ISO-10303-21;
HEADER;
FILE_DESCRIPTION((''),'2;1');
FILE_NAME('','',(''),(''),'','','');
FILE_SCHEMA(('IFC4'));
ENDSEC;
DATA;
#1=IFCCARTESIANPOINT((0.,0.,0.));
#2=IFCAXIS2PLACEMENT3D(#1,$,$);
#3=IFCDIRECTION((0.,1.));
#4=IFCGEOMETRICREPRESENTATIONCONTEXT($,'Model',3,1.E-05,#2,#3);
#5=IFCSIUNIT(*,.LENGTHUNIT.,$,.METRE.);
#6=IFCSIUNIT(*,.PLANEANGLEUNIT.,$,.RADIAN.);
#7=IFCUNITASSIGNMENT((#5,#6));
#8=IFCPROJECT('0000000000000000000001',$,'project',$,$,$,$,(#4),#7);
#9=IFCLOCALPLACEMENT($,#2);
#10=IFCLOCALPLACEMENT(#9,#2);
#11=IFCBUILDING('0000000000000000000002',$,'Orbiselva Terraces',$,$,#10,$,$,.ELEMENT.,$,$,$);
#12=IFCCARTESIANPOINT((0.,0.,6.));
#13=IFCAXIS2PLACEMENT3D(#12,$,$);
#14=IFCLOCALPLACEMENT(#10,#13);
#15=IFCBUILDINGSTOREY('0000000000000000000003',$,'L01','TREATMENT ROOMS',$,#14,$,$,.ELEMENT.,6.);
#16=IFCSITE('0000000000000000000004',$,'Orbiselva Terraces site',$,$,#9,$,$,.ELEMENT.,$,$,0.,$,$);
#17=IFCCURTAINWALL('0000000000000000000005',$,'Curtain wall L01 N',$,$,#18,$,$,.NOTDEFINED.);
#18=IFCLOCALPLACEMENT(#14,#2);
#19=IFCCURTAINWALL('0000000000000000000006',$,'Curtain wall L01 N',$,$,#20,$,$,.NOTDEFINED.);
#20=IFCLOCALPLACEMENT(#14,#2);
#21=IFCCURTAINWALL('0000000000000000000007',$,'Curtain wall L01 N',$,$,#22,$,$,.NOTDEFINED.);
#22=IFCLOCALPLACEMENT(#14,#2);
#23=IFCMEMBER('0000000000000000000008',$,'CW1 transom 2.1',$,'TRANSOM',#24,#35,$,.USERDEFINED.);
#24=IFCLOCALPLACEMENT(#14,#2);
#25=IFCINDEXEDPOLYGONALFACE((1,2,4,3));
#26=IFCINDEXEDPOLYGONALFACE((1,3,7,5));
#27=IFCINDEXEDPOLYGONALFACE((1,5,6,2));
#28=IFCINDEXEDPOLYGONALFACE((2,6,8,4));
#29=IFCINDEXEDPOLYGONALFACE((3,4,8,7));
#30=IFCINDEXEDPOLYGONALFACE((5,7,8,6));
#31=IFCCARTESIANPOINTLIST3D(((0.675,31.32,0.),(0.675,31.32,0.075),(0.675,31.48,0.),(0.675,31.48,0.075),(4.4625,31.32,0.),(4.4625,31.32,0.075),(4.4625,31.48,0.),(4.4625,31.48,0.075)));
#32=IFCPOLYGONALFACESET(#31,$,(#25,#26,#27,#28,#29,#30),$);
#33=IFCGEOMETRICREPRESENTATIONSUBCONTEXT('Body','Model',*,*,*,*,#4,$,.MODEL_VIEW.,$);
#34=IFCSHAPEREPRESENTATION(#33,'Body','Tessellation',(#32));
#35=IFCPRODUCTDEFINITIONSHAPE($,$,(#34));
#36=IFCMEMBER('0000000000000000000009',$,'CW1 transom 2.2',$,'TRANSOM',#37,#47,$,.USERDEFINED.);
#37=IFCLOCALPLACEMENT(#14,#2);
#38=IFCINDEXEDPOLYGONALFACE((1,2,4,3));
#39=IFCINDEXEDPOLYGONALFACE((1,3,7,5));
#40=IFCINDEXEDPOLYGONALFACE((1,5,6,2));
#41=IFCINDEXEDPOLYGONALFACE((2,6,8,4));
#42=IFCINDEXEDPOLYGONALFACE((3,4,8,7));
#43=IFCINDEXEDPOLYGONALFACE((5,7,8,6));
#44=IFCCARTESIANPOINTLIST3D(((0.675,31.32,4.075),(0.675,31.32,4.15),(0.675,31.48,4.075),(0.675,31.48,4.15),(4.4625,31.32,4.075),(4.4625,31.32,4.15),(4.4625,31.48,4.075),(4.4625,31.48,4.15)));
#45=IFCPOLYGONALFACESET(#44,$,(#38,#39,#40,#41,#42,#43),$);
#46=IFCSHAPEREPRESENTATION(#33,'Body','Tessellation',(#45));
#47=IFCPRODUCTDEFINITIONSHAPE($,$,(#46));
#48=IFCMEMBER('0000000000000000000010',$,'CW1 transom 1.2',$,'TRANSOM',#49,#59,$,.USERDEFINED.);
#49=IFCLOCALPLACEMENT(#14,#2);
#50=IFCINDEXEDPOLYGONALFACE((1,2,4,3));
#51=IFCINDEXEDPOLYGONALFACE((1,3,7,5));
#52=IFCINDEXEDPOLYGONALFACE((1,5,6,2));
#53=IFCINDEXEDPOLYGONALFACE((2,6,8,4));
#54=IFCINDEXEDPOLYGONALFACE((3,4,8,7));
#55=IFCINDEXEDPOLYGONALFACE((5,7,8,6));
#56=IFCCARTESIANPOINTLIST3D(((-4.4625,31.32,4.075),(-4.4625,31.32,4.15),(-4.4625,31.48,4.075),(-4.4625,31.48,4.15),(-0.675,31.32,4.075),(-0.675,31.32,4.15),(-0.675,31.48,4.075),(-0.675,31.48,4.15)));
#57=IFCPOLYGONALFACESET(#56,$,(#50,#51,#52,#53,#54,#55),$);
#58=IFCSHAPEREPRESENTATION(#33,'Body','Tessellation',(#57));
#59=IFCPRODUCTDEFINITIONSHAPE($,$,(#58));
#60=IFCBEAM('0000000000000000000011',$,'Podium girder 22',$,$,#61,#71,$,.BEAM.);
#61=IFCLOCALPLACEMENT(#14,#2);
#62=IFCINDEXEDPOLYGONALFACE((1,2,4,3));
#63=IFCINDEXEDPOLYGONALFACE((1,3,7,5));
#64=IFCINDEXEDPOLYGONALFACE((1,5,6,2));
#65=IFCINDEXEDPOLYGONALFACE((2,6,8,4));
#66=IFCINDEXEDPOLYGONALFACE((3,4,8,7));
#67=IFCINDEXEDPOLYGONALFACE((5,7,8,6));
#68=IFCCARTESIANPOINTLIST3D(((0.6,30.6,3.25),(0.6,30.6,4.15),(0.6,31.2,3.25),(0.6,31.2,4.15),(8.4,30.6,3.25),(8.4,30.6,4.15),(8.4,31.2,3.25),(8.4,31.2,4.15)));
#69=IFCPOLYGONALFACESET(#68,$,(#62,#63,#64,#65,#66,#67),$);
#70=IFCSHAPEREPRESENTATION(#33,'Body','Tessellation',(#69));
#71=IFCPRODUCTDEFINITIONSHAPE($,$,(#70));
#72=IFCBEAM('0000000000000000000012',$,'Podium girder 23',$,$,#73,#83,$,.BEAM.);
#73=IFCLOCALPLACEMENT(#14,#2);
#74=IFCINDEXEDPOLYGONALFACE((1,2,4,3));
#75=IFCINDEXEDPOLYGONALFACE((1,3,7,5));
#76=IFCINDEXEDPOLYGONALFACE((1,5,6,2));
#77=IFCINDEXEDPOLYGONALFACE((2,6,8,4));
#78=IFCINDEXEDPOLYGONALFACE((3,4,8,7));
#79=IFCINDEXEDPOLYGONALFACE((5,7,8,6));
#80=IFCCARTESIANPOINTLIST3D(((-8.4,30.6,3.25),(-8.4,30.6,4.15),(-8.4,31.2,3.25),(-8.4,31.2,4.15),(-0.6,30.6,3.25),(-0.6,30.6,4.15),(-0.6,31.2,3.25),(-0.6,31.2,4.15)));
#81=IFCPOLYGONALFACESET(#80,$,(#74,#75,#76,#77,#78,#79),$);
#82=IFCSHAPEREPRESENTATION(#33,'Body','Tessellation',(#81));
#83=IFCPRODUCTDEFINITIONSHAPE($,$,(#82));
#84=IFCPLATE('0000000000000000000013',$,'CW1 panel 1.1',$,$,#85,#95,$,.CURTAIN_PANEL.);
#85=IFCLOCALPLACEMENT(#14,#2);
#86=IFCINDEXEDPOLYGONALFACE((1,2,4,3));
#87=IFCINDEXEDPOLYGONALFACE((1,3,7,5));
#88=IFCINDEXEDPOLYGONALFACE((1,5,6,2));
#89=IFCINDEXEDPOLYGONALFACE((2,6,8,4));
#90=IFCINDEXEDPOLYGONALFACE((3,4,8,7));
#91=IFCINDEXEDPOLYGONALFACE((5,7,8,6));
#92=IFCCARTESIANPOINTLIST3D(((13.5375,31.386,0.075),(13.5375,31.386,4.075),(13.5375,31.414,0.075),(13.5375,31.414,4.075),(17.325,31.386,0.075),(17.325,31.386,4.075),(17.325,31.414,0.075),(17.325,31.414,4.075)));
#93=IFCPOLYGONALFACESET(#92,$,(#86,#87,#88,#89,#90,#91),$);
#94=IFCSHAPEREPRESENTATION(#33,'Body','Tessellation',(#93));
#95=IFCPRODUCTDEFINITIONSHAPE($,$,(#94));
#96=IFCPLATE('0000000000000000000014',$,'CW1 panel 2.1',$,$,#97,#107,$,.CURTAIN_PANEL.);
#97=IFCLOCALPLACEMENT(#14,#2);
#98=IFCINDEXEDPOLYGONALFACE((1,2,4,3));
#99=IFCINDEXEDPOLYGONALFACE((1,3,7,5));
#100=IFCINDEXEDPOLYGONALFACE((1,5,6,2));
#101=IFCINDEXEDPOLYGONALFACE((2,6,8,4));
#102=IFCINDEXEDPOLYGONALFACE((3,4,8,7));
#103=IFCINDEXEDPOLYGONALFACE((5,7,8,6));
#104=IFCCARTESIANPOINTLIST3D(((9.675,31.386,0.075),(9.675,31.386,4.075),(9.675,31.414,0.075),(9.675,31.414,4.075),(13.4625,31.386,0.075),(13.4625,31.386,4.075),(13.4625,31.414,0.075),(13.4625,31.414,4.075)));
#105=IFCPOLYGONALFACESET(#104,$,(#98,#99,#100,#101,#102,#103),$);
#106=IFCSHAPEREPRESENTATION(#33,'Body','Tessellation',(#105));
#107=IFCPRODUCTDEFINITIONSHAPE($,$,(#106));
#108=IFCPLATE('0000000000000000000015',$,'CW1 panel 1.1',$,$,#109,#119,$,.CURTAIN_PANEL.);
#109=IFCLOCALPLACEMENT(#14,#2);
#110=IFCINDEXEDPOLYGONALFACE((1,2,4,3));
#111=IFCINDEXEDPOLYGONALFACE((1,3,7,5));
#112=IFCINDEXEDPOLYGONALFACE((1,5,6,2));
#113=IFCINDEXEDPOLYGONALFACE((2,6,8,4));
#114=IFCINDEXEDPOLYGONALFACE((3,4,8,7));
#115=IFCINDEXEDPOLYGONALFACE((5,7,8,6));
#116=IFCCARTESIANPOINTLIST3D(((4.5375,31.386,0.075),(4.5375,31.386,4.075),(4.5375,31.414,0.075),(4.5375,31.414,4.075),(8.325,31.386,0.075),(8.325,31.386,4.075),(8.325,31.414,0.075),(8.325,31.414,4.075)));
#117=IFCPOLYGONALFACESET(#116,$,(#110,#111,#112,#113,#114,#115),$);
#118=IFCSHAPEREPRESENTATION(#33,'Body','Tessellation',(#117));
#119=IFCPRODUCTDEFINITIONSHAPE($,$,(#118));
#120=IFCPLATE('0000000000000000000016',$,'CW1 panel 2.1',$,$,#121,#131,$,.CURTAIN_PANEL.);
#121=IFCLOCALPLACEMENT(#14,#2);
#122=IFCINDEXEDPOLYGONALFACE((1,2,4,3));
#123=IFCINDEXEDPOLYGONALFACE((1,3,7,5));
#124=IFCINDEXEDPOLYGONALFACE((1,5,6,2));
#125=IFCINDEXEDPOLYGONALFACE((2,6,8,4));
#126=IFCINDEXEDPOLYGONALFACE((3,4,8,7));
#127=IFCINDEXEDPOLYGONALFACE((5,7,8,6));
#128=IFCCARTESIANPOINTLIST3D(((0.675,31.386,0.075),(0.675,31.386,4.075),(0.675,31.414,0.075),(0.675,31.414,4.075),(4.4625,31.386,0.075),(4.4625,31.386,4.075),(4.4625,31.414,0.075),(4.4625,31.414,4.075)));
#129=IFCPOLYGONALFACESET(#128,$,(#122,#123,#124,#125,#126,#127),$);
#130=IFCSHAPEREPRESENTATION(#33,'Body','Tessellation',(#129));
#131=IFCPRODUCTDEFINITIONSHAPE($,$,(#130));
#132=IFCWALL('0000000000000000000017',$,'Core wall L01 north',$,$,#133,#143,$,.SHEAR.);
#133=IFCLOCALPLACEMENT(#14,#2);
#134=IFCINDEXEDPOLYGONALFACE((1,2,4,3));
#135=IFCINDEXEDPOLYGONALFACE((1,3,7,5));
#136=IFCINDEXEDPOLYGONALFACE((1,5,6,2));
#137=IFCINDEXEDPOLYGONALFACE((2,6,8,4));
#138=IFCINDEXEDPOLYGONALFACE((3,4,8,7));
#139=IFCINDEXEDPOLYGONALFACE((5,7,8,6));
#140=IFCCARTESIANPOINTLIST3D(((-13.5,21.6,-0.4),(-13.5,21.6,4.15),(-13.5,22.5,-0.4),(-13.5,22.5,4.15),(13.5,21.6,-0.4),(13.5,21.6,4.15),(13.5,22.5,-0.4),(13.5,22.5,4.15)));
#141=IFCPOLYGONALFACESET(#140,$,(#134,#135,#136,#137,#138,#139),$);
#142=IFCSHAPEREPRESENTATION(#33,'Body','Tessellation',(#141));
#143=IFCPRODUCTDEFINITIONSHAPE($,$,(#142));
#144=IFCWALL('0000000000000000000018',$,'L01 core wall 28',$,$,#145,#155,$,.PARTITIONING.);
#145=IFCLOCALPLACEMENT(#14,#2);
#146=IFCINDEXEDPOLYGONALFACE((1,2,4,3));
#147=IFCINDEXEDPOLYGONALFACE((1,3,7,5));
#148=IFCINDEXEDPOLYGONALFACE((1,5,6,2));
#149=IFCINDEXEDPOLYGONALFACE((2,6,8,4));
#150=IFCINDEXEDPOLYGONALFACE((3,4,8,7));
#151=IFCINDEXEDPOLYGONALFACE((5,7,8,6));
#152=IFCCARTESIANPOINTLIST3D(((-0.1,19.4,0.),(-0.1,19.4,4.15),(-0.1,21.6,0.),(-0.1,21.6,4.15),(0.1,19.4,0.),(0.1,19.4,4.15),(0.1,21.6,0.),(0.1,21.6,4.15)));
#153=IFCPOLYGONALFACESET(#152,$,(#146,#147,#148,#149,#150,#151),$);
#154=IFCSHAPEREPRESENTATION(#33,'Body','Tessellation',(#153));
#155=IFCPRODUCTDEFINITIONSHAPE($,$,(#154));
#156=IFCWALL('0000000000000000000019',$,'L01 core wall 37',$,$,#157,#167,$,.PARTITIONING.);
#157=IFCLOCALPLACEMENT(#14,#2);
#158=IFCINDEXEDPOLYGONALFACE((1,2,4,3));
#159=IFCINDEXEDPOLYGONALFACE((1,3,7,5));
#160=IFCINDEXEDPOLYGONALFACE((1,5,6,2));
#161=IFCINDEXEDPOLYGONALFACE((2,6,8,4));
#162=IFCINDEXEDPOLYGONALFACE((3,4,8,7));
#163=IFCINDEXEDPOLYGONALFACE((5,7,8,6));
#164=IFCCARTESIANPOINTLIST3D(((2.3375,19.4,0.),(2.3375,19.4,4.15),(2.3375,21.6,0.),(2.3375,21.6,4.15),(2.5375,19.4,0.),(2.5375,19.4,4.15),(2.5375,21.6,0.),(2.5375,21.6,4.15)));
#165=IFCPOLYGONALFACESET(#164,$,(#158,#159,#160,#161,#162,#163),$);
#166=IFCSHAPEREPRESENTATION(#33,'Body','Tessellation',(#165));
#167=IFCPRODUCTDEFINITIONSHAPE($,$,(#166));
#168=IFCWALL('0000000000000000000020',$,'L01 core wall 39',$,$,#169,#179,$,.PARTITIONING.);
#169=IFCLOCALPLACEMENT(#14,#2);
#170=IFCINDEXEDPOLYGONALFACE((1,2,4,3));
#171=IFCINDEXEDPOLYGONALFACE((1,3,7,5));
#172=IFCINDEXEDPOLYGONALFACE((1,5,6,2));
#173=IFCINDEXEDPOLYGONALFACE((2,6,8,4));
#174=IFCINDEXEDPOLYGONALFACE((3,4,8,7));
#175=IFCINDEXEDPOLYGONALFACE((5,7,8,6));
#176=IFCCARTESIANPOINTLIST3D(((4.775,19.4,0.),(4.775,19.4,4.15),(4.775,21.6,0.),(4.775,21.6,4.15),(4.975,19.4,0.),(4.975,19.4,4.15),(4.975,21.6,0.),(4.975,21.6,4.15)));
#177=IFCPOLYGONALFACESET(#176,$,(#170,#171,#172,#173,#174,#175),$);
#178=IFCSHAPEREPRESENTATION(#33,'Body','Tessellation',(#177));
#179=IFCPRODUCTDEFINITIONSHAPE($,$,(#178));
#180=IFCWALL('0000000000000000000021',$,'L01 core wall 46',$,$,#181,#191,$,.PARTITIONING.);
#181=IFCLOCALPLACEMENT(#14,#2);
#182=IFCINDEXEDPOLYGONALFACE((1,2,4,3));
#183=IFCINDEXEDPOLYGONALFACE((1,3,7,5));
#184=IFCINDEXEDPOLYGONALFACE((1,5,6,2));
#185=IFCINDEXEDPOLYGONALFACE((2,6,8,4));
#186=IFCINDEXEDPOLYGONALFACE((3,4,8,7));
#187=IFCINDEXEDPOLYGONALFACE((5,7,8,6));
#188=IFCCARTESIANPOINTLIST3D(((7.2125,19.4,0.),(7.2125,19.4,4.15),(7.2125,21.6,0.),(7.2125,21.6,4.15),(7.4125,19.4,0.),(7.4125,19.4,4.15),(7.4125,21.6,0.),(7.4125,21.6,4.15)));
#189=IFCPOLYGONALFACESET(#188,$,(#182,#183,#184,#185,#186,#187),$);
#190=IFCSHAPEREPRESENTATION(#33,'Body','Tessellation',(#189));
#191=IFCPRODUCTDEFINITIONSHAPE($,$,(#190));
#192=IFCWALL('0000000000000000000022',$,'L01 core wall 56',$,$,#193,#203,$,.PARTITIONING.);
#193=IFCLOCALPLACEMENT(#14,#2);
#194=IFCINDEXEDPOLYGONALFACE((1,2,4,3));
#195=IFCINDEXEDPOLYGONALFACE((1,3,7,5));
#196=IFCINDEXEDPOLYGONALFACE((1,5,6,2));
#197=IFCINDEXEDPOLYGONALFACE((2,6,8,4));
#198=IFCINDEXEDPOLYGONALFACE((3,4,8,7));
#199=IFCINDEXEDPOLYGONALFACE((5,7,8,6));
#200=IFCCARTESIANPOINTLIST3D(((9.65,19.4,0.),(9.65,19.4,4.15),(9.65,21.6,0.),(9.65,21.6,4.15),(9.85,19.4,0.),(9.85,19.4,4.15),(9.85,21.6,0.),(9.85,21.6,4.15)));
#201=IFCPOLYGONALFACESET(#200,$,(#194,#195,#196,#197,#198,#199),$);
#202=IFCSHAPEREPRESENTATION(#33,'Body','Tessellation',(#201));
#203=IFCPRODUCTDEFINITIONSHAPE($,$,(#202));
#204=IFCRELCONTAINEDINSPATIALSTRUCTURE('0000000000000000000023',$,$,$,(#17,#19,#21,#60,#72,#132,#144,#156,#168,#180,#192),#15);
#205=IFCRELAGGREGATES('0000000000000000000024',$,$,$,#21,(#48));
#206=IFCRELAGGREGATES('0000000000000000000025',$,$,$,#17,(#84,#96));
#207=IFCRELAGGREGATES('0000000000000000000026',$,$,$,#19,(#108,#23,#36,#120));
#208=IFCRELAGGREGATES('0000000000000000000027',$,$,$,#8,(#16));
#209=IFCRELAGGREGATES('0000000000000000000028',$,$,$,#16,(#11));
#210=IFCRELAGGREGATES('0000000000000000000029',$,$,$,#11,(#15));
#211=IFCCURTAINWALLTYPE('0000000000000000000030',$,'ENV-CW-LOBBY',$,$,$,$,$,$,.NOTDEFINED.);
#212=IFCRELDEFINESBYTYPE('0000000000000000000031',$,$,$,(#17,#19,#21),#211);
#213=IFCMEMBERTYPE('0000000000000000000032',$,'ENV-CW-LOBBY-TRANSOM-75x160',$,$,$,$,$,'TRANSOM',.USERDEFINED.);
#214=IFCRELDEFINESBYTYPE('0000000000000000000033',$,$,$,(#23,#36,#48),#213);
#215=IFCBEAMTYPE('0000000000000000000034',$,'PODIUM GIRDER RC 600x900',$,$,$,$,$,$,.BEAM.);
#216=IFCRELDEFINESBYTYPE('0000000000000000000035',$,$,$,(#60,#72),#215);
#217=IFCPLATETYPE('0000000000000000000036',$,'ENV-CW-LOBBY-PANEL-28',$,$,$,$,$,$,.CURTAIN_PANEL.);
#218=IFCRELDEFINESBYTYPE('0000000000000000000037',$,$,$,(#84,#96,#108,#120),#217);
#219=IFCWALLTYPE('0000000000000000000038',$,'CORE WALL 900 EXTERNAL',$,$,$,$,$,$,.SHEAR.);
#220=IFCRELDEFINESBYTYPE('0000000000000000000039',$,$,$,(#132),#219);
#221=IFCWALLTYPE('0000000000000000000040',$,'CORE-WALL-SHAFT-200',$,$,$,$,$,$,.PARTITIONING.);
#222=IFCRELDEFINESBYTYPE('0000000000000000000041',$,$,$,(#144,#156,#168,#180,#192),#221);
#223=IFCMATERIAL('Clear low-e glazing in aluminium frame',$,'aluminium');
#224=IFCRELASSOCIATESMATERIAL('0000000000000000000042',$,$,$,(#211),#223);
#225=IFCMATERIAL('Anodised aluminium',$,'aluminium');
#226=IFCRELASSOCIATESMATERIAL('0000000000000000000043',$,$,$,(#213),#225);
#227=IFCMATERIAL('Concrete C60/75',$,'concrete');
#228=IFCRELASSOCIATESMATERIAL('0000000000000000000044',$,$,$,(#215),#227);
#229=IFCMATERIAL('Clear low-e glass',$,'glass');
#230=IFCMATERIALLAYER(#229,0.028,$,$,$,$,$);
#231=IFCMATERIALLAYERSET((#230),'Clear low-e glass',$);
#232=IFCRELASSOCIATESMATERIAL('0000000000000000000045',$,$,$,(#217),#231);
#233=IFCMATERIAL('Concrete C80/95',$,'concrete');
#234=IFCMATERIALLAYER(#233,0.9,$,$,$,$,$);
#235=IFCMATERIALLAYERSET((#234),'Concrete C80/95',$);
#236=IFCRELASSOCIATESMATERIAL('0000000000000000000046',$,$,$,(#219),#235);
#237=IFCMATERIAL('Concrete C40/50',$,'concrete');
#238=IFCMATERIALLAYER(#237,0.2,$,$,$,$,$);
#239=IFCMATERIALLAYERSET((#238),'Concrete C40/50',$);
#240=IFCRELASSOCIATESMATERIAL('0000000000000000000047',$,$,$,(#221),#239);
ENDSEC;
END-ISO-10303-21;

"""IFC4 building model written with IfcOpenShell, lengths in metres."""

from ifc_helpers import new_model, si_unit, direction, frame, frame_2d, origin, origin_2d, place, context, subcontext, project, spatial, rectangle, extrude, material, layer, layer_set, material_profile, profile_set, type_object, element, aggregate, save


model = new_model("IFC4")

# Units and contexts
model_context = context("Model", 3, precision=1e-05, world=origin(), true_north=direction((0.0, 1.0)))
body_context = subcontext(model_context, "Body", "Model", "MODEL_VIEW")
ifc_project = project(units=[si_unit("LENGTHUNIT", "METRE"), si_unit("PLANEANGLEUNIT", "RADIAN")], contexts=[model_context])

# Site, building, storey
site_placement = place(None, origin())
site = spatial("IfcSite", under=ifc_project, at=site_placement, Name="Orbiselva Terraces site", CompositionType="ELEMENT", RefElevation=0.0)
building_placement = place(site_placement, origin())
building = spatial("IfcBuilding", under=site, at=building_placement, Name="Orbiselva Terraces", CompositionType="ELEMENT")
storey_placement = place(building_placement, frame((0.0, 0.0, 6.0)))
storey = spatial("IfcBuildingStorey", under=building, at=storey_placement, Name="L01", Description="TREATMENT ROOMS", CompositionType="ELEMENT", Elevation=6.0)

# Shared definitions
ifc_material_1 = material(Name="Concrete C60/75", Category="concrete")

# Curtain walls
ifc_material_2 = material(Name="Clear low-e glazing in aluminium frame", Category="aluminium")
curtain_wall_type = type_object("IfcCurtainWallType", Name="ENV-CW-LOBBY", PredefinedType="NOTDEFINED", material=ifc_material_2)
curtain_wall_1_placement = place(storey_placement, origin())
curtain_wall_1 = element("IfcCurtainWall", 1, at=curtain_wall_1_placement, inside=storey, type_object=curtain_wall_type, Name="Curtain wall L01 N", PredefinedType="NOTDEFINED")
ifc_material_3 = material(Name="Anodised aluminium", Category="aluminium")
curtain_wall_2_placement = place(storey_placement, origin())
curtain_wall_2 = element("IfcCurtainWall", 2, at=curtain_wall_2_placement, inside=storey, type_object=curtain_wall_type, Name="Curtain wall L01 N", PredefinedType="NOTDEFINED")

# Curtain wall
curtain_wall_3_placement = place(storey_placement, origin())
curtain_wall_3 = element("IfcCurtainWall", 3, at=curtain_wall_3_placement, inside=storey, type_object=curtain_wall_type, Name="Curtain wall L01 N", PredefinedType="NOTDEFINED")

# Members
ifc_material_profile_1 = material_profile(ifc_material_3, rectangle(XDim=0.16, YDim=0.075, at=origin_2d()), Name="AL 75x160")
ifc_profile_set_1 = profile_set([ifc_material_profile_1], Name="Anodised aluminium")
member_type_1 = type_object("IfcMemberType", Name="ENV-CW-LOBBY-TRANSOM-75x160", ElementType="TRANSOM", PredefinedType="USERDEFINED", material=ifc_profile_set_1)
member_1_placement = place(storey_placement, frame((4.4625, 31.4, 0.0375), z_axis=(-1.0, 0.0, 0.0), x_axis=(0.0, -1.0, 0.0)))
member_1 = element("IfcMember", 4, at=member_1_placement, type_object=member_type_1, Name="CW1 transom 2.1", ObjectType="TRANSOM", PredefinedType="USERDEFINED", context=body_context, shape_type="SweptSolid", body=[
    extrude(rectangle(XDim=0.16, YDim=0.075, at=origin_2d()), origin(), (0.0, 0.0, 1.0), 3.7875),
])
member_2_placement = place(storey_placement, frame((4.4625, 31.4, 4.1125), z_axis=(-1.0, 0.0, 0.0), x_axis=(0.0, -1.0, 0.0)))
member_2 = element("IfcMember", 5, at=member_2_placement, type_object=member_type_1, Name="CW1 transom 2.2", ObjectType="TRANSOM", PredefinedType="USERDEFINED", context=body_context, shape_type="SweptSolid", body=[
    extrude(rectangle(XDim=0.16, YDim=0.075, at=origin_2d()), origin(), (0.0, 0.0, 1.0), 3.7875),
])
member_3_placement = place(storey_placement, frame((-0.675, 31.4, 4.1125), z_axis=(-1.0, 0.0, 0.0), x_axis=(0.0, -1.0, 0.0)))
member_3 = element("IfcMember", 6, at=member_3_placement, type_object=member_type_1, Name="CW1 transom 1.2", ObjectType="TRANSOM", PredefinedType="USERDEFINED", context=body_context, shape_type="SweptSolid", body=[
    extrude(rectangle(XDim=0.16, YDim=0.075, at=origin_2d()), origin(), (0.0, 0.0, 1.0), 3.7875),
])
aggregate(curtain_wall_3, [member_3])

# Beams
ifc_material_profile_2 = material_profile(ifc_material_1, rectangle(XDim=0.6, YDim=0.9, at=origin_2d()), Name="RC 600x900")
ifc_profile_set_2 = profile_set([ifc_material_profile_2], Name="Concrete C60/75")
beam_type = type_object("IfcBeamType", Name="PODIUM GIRDER RC 600x900", PredefinedType="BEAM", material=ifc_profile_set_2)
for number, where, z_axis, x_axis, name in (
    (7, (8.4, 30.9, 3.7), (-1.0, 0.0, 0.0), (0.0, -1.0, 0.0), "Podium girder 22"),
    (8, (-0.6, 30.9, 3.7), (-1.0, 0.0, 0.0), (0.0, -1.0, 0.0), "Podium girder 23"),
):
    element("IfcBeam", number, at=place(storey_placement, frame(where, z_axis=z_axis, x_axis=x_axis)), inside=storey, type_object=beam_type, Name=name, PredefinedType="BEAM", context=body_context, shape_type="SweptSolid", body=[
        extrude(rectangle(XDim=0.6, YDim=0.9, at=origin_2d()), origin(), (0.0, 0.0, 1.0), 7.8),
    ])

# Plates
ifc_material_4 = material(Name="Clear low-e glass", Category="glass")
ifc_layer_1 = layer(ifc_material_4, 0.028)
ifc_layer_set_1 = layer_set([ifc_layer_1], Name="Clear low-e glass")
plate_type = type_object("IfcPlateType", Name="ENV-CW-LOBBY-PANEL-28", PredefinedType="CURTAIN_PANEL", material=ifc_layer_set_1)
plate_1_placement = place(storey_placement, frame((15.4313, 31.4, 0.075), z_axis=(0.0, 0.0, 1.0), x_axis=(-1.0, 0.0, 0.0)))
plate_1 = element("IfcPlate", 9, at=plate_1_placement, type_object=plate_type, Name="CW1 panel 1.1", PredefinedType="CURTAIN_PANEL", context=body_context, shape_type="SweptSolid", body=[
    extrude(rectangle(XDim=3.7875, YDim=0.028, at=origin_2d()), origin(), (0.0, 0.0, 1.0), 4.0),
])
plate_2_placement = place(storey_placement, frame((11.5687, 31.4, 0.075), z_axis=(0.0, 0.0, 1.0), x_axis=(-1.0, 0.0, 0.0)))
plate_2 = element("IfcPlate", 10, at=plate_2_placement, type_object=plate_type, Name="CW1 panel 2.1", PredefinedType="CURTAIN_PANEL", context=body_context, shape_type="SweptSolid", body=[
    extrude(rectangle(XDim=3.7875, YDim=0.028, at=origin_2d()), origin(), (0.0, 0.0, 1.0), 4.0),
])
aggregate(curtain_wall_1, [plate_1, plate_2])
plate_3_placement = place(storey_placement, frame((6.4313, 31.4, 0.075), z_axis=(0.0, 0.0, 1.0), x_axis=(-1.0, 0.0, 0.0)))
plate_3 = element("IfcPlate", 11, at=plate_3_placement, type_object=plate_type, Name="CW1 panel 1.1", PredefinedType="CURTAIN_PANEL", context=body_context, shape_type="SweptSolid", body=[
    extrude(rectangle(XDim=3.7875, YDim=0.028, at=origin_2d()), origin(), (0.0, 0.0, 1.0), 4.0),
])
plate_4_placement = place(storey_placement, frame((2.5688, 31.4, 0.075), z_axis=(0.0, 0.0, 1.0), x_axis=(-1.0, 0.0, 0.0)))
plate_4 = element("IfcPlate", 12, at=plate_4_placement, type_object=plate_type, Name="CW1 panel 2.1", PredefinedType="CURTAIN_PANEL", context=body_context, shape_type="SweptSolid", body=[
    extrude(rectangle(XDim=3.7875, YDim=0.028, at=origin_2d()), origin(), (0.0, 0.0, 1.0), 4.0),
])
aggregate(curtain_wall_2, [plate_3, member_1, member_2, plate_4])

# Walls
ifc_material_5 = material(Name="Concrete C80/95", Category="concrete")
ifc_layer_2 = layer(ifc_material_5, 0.9)
ifc_layer_set_2 = layer_set([ifc_layer_2], Name="Concrete C80/95")
wall_type_1 = type_object("IfcWallType", Name="CORE WALL 900 EXTERNAL", PredefinedType="SHEAR", material=ifc_layer_set_2)
wall_1_placement = place(storey_placement, frame((13.5, 22.05, -0.4), z_axis=(0.0, 0.0, 1.0), x_axis=(-1.0, 0.0, 0.0)))
element("IfcWall", 13, at=wall_1_placement, inside=storey, type_object=wall_type_1, Name="Core wall L01 north", PredefinedType="SHEAR", context=body_context, shape_type="SweptSolid", body=[
    extrude(rectangle(XDim=27.0, YDim=0.9, at=frame_2d((13.5, 0.0))), origin(), (0.0, 0.0, 1.0), 4.55),
])
ifc_material_6 = material(Name="Concrete C40/50", Category="concrete")
ifc_layer_3 = layer(ifc_material_6, 0.2)
ifc_layer_set_3 = layer_set([ifc_layer_3], Name="Concrete C40/50")
wall_type_2 = type_object("IfcWallType", Name="CORE-WALL-SHAFT-200", PredefinedType="PARTITIONING", material=ifc_layer_set_3)
for number, where, z_axis, x_axis, name in (
    (14, (0.0, 19.4, 0.0), (0.0, 0.0, 1.0), (0.0, 1.0, 0.0), "L01 core wall 28"),
    (15, (2.4375, 19.4, 0.0), (0.0, 0.0, 1.0), (0.0, 1.0, 0.0), "L01 core wall 37"),
    (16, (4.875, 19.4, 0.0), (0.0, 0.0, 1.0), (0.0, 1.0, 0.0), "L01 core wall 39"),
    (17, (7.3125, 19.4, 0.0), (0.0, 0.0, 1.0), (0.0, 1.0, 0.0), "L01 core wall 46"),
    (18, (9.75, 19.4, 0.0), (0.0, 0.0, 1.0), (0.0, 1.0, 0.0), "L01 core wall 56"),
):
    element("IfcWall", number, at=place(storey_placement, frame(where, z_axis=z_axis, x_axis=x_axis)), inside=storey, type_object=wall_type_2, Name=name, PredefinedType="PARTITIONING", context=body_context, shape_type="SweptSolid", body=[
        extrude(rectangle(XDim=2.2, YDim=0.2, at=frame_2d((1.1, 0.0))), origin(), (0.0, 0.0, 1.0), 4.15),
    ])

save(model, "model.ifc")
